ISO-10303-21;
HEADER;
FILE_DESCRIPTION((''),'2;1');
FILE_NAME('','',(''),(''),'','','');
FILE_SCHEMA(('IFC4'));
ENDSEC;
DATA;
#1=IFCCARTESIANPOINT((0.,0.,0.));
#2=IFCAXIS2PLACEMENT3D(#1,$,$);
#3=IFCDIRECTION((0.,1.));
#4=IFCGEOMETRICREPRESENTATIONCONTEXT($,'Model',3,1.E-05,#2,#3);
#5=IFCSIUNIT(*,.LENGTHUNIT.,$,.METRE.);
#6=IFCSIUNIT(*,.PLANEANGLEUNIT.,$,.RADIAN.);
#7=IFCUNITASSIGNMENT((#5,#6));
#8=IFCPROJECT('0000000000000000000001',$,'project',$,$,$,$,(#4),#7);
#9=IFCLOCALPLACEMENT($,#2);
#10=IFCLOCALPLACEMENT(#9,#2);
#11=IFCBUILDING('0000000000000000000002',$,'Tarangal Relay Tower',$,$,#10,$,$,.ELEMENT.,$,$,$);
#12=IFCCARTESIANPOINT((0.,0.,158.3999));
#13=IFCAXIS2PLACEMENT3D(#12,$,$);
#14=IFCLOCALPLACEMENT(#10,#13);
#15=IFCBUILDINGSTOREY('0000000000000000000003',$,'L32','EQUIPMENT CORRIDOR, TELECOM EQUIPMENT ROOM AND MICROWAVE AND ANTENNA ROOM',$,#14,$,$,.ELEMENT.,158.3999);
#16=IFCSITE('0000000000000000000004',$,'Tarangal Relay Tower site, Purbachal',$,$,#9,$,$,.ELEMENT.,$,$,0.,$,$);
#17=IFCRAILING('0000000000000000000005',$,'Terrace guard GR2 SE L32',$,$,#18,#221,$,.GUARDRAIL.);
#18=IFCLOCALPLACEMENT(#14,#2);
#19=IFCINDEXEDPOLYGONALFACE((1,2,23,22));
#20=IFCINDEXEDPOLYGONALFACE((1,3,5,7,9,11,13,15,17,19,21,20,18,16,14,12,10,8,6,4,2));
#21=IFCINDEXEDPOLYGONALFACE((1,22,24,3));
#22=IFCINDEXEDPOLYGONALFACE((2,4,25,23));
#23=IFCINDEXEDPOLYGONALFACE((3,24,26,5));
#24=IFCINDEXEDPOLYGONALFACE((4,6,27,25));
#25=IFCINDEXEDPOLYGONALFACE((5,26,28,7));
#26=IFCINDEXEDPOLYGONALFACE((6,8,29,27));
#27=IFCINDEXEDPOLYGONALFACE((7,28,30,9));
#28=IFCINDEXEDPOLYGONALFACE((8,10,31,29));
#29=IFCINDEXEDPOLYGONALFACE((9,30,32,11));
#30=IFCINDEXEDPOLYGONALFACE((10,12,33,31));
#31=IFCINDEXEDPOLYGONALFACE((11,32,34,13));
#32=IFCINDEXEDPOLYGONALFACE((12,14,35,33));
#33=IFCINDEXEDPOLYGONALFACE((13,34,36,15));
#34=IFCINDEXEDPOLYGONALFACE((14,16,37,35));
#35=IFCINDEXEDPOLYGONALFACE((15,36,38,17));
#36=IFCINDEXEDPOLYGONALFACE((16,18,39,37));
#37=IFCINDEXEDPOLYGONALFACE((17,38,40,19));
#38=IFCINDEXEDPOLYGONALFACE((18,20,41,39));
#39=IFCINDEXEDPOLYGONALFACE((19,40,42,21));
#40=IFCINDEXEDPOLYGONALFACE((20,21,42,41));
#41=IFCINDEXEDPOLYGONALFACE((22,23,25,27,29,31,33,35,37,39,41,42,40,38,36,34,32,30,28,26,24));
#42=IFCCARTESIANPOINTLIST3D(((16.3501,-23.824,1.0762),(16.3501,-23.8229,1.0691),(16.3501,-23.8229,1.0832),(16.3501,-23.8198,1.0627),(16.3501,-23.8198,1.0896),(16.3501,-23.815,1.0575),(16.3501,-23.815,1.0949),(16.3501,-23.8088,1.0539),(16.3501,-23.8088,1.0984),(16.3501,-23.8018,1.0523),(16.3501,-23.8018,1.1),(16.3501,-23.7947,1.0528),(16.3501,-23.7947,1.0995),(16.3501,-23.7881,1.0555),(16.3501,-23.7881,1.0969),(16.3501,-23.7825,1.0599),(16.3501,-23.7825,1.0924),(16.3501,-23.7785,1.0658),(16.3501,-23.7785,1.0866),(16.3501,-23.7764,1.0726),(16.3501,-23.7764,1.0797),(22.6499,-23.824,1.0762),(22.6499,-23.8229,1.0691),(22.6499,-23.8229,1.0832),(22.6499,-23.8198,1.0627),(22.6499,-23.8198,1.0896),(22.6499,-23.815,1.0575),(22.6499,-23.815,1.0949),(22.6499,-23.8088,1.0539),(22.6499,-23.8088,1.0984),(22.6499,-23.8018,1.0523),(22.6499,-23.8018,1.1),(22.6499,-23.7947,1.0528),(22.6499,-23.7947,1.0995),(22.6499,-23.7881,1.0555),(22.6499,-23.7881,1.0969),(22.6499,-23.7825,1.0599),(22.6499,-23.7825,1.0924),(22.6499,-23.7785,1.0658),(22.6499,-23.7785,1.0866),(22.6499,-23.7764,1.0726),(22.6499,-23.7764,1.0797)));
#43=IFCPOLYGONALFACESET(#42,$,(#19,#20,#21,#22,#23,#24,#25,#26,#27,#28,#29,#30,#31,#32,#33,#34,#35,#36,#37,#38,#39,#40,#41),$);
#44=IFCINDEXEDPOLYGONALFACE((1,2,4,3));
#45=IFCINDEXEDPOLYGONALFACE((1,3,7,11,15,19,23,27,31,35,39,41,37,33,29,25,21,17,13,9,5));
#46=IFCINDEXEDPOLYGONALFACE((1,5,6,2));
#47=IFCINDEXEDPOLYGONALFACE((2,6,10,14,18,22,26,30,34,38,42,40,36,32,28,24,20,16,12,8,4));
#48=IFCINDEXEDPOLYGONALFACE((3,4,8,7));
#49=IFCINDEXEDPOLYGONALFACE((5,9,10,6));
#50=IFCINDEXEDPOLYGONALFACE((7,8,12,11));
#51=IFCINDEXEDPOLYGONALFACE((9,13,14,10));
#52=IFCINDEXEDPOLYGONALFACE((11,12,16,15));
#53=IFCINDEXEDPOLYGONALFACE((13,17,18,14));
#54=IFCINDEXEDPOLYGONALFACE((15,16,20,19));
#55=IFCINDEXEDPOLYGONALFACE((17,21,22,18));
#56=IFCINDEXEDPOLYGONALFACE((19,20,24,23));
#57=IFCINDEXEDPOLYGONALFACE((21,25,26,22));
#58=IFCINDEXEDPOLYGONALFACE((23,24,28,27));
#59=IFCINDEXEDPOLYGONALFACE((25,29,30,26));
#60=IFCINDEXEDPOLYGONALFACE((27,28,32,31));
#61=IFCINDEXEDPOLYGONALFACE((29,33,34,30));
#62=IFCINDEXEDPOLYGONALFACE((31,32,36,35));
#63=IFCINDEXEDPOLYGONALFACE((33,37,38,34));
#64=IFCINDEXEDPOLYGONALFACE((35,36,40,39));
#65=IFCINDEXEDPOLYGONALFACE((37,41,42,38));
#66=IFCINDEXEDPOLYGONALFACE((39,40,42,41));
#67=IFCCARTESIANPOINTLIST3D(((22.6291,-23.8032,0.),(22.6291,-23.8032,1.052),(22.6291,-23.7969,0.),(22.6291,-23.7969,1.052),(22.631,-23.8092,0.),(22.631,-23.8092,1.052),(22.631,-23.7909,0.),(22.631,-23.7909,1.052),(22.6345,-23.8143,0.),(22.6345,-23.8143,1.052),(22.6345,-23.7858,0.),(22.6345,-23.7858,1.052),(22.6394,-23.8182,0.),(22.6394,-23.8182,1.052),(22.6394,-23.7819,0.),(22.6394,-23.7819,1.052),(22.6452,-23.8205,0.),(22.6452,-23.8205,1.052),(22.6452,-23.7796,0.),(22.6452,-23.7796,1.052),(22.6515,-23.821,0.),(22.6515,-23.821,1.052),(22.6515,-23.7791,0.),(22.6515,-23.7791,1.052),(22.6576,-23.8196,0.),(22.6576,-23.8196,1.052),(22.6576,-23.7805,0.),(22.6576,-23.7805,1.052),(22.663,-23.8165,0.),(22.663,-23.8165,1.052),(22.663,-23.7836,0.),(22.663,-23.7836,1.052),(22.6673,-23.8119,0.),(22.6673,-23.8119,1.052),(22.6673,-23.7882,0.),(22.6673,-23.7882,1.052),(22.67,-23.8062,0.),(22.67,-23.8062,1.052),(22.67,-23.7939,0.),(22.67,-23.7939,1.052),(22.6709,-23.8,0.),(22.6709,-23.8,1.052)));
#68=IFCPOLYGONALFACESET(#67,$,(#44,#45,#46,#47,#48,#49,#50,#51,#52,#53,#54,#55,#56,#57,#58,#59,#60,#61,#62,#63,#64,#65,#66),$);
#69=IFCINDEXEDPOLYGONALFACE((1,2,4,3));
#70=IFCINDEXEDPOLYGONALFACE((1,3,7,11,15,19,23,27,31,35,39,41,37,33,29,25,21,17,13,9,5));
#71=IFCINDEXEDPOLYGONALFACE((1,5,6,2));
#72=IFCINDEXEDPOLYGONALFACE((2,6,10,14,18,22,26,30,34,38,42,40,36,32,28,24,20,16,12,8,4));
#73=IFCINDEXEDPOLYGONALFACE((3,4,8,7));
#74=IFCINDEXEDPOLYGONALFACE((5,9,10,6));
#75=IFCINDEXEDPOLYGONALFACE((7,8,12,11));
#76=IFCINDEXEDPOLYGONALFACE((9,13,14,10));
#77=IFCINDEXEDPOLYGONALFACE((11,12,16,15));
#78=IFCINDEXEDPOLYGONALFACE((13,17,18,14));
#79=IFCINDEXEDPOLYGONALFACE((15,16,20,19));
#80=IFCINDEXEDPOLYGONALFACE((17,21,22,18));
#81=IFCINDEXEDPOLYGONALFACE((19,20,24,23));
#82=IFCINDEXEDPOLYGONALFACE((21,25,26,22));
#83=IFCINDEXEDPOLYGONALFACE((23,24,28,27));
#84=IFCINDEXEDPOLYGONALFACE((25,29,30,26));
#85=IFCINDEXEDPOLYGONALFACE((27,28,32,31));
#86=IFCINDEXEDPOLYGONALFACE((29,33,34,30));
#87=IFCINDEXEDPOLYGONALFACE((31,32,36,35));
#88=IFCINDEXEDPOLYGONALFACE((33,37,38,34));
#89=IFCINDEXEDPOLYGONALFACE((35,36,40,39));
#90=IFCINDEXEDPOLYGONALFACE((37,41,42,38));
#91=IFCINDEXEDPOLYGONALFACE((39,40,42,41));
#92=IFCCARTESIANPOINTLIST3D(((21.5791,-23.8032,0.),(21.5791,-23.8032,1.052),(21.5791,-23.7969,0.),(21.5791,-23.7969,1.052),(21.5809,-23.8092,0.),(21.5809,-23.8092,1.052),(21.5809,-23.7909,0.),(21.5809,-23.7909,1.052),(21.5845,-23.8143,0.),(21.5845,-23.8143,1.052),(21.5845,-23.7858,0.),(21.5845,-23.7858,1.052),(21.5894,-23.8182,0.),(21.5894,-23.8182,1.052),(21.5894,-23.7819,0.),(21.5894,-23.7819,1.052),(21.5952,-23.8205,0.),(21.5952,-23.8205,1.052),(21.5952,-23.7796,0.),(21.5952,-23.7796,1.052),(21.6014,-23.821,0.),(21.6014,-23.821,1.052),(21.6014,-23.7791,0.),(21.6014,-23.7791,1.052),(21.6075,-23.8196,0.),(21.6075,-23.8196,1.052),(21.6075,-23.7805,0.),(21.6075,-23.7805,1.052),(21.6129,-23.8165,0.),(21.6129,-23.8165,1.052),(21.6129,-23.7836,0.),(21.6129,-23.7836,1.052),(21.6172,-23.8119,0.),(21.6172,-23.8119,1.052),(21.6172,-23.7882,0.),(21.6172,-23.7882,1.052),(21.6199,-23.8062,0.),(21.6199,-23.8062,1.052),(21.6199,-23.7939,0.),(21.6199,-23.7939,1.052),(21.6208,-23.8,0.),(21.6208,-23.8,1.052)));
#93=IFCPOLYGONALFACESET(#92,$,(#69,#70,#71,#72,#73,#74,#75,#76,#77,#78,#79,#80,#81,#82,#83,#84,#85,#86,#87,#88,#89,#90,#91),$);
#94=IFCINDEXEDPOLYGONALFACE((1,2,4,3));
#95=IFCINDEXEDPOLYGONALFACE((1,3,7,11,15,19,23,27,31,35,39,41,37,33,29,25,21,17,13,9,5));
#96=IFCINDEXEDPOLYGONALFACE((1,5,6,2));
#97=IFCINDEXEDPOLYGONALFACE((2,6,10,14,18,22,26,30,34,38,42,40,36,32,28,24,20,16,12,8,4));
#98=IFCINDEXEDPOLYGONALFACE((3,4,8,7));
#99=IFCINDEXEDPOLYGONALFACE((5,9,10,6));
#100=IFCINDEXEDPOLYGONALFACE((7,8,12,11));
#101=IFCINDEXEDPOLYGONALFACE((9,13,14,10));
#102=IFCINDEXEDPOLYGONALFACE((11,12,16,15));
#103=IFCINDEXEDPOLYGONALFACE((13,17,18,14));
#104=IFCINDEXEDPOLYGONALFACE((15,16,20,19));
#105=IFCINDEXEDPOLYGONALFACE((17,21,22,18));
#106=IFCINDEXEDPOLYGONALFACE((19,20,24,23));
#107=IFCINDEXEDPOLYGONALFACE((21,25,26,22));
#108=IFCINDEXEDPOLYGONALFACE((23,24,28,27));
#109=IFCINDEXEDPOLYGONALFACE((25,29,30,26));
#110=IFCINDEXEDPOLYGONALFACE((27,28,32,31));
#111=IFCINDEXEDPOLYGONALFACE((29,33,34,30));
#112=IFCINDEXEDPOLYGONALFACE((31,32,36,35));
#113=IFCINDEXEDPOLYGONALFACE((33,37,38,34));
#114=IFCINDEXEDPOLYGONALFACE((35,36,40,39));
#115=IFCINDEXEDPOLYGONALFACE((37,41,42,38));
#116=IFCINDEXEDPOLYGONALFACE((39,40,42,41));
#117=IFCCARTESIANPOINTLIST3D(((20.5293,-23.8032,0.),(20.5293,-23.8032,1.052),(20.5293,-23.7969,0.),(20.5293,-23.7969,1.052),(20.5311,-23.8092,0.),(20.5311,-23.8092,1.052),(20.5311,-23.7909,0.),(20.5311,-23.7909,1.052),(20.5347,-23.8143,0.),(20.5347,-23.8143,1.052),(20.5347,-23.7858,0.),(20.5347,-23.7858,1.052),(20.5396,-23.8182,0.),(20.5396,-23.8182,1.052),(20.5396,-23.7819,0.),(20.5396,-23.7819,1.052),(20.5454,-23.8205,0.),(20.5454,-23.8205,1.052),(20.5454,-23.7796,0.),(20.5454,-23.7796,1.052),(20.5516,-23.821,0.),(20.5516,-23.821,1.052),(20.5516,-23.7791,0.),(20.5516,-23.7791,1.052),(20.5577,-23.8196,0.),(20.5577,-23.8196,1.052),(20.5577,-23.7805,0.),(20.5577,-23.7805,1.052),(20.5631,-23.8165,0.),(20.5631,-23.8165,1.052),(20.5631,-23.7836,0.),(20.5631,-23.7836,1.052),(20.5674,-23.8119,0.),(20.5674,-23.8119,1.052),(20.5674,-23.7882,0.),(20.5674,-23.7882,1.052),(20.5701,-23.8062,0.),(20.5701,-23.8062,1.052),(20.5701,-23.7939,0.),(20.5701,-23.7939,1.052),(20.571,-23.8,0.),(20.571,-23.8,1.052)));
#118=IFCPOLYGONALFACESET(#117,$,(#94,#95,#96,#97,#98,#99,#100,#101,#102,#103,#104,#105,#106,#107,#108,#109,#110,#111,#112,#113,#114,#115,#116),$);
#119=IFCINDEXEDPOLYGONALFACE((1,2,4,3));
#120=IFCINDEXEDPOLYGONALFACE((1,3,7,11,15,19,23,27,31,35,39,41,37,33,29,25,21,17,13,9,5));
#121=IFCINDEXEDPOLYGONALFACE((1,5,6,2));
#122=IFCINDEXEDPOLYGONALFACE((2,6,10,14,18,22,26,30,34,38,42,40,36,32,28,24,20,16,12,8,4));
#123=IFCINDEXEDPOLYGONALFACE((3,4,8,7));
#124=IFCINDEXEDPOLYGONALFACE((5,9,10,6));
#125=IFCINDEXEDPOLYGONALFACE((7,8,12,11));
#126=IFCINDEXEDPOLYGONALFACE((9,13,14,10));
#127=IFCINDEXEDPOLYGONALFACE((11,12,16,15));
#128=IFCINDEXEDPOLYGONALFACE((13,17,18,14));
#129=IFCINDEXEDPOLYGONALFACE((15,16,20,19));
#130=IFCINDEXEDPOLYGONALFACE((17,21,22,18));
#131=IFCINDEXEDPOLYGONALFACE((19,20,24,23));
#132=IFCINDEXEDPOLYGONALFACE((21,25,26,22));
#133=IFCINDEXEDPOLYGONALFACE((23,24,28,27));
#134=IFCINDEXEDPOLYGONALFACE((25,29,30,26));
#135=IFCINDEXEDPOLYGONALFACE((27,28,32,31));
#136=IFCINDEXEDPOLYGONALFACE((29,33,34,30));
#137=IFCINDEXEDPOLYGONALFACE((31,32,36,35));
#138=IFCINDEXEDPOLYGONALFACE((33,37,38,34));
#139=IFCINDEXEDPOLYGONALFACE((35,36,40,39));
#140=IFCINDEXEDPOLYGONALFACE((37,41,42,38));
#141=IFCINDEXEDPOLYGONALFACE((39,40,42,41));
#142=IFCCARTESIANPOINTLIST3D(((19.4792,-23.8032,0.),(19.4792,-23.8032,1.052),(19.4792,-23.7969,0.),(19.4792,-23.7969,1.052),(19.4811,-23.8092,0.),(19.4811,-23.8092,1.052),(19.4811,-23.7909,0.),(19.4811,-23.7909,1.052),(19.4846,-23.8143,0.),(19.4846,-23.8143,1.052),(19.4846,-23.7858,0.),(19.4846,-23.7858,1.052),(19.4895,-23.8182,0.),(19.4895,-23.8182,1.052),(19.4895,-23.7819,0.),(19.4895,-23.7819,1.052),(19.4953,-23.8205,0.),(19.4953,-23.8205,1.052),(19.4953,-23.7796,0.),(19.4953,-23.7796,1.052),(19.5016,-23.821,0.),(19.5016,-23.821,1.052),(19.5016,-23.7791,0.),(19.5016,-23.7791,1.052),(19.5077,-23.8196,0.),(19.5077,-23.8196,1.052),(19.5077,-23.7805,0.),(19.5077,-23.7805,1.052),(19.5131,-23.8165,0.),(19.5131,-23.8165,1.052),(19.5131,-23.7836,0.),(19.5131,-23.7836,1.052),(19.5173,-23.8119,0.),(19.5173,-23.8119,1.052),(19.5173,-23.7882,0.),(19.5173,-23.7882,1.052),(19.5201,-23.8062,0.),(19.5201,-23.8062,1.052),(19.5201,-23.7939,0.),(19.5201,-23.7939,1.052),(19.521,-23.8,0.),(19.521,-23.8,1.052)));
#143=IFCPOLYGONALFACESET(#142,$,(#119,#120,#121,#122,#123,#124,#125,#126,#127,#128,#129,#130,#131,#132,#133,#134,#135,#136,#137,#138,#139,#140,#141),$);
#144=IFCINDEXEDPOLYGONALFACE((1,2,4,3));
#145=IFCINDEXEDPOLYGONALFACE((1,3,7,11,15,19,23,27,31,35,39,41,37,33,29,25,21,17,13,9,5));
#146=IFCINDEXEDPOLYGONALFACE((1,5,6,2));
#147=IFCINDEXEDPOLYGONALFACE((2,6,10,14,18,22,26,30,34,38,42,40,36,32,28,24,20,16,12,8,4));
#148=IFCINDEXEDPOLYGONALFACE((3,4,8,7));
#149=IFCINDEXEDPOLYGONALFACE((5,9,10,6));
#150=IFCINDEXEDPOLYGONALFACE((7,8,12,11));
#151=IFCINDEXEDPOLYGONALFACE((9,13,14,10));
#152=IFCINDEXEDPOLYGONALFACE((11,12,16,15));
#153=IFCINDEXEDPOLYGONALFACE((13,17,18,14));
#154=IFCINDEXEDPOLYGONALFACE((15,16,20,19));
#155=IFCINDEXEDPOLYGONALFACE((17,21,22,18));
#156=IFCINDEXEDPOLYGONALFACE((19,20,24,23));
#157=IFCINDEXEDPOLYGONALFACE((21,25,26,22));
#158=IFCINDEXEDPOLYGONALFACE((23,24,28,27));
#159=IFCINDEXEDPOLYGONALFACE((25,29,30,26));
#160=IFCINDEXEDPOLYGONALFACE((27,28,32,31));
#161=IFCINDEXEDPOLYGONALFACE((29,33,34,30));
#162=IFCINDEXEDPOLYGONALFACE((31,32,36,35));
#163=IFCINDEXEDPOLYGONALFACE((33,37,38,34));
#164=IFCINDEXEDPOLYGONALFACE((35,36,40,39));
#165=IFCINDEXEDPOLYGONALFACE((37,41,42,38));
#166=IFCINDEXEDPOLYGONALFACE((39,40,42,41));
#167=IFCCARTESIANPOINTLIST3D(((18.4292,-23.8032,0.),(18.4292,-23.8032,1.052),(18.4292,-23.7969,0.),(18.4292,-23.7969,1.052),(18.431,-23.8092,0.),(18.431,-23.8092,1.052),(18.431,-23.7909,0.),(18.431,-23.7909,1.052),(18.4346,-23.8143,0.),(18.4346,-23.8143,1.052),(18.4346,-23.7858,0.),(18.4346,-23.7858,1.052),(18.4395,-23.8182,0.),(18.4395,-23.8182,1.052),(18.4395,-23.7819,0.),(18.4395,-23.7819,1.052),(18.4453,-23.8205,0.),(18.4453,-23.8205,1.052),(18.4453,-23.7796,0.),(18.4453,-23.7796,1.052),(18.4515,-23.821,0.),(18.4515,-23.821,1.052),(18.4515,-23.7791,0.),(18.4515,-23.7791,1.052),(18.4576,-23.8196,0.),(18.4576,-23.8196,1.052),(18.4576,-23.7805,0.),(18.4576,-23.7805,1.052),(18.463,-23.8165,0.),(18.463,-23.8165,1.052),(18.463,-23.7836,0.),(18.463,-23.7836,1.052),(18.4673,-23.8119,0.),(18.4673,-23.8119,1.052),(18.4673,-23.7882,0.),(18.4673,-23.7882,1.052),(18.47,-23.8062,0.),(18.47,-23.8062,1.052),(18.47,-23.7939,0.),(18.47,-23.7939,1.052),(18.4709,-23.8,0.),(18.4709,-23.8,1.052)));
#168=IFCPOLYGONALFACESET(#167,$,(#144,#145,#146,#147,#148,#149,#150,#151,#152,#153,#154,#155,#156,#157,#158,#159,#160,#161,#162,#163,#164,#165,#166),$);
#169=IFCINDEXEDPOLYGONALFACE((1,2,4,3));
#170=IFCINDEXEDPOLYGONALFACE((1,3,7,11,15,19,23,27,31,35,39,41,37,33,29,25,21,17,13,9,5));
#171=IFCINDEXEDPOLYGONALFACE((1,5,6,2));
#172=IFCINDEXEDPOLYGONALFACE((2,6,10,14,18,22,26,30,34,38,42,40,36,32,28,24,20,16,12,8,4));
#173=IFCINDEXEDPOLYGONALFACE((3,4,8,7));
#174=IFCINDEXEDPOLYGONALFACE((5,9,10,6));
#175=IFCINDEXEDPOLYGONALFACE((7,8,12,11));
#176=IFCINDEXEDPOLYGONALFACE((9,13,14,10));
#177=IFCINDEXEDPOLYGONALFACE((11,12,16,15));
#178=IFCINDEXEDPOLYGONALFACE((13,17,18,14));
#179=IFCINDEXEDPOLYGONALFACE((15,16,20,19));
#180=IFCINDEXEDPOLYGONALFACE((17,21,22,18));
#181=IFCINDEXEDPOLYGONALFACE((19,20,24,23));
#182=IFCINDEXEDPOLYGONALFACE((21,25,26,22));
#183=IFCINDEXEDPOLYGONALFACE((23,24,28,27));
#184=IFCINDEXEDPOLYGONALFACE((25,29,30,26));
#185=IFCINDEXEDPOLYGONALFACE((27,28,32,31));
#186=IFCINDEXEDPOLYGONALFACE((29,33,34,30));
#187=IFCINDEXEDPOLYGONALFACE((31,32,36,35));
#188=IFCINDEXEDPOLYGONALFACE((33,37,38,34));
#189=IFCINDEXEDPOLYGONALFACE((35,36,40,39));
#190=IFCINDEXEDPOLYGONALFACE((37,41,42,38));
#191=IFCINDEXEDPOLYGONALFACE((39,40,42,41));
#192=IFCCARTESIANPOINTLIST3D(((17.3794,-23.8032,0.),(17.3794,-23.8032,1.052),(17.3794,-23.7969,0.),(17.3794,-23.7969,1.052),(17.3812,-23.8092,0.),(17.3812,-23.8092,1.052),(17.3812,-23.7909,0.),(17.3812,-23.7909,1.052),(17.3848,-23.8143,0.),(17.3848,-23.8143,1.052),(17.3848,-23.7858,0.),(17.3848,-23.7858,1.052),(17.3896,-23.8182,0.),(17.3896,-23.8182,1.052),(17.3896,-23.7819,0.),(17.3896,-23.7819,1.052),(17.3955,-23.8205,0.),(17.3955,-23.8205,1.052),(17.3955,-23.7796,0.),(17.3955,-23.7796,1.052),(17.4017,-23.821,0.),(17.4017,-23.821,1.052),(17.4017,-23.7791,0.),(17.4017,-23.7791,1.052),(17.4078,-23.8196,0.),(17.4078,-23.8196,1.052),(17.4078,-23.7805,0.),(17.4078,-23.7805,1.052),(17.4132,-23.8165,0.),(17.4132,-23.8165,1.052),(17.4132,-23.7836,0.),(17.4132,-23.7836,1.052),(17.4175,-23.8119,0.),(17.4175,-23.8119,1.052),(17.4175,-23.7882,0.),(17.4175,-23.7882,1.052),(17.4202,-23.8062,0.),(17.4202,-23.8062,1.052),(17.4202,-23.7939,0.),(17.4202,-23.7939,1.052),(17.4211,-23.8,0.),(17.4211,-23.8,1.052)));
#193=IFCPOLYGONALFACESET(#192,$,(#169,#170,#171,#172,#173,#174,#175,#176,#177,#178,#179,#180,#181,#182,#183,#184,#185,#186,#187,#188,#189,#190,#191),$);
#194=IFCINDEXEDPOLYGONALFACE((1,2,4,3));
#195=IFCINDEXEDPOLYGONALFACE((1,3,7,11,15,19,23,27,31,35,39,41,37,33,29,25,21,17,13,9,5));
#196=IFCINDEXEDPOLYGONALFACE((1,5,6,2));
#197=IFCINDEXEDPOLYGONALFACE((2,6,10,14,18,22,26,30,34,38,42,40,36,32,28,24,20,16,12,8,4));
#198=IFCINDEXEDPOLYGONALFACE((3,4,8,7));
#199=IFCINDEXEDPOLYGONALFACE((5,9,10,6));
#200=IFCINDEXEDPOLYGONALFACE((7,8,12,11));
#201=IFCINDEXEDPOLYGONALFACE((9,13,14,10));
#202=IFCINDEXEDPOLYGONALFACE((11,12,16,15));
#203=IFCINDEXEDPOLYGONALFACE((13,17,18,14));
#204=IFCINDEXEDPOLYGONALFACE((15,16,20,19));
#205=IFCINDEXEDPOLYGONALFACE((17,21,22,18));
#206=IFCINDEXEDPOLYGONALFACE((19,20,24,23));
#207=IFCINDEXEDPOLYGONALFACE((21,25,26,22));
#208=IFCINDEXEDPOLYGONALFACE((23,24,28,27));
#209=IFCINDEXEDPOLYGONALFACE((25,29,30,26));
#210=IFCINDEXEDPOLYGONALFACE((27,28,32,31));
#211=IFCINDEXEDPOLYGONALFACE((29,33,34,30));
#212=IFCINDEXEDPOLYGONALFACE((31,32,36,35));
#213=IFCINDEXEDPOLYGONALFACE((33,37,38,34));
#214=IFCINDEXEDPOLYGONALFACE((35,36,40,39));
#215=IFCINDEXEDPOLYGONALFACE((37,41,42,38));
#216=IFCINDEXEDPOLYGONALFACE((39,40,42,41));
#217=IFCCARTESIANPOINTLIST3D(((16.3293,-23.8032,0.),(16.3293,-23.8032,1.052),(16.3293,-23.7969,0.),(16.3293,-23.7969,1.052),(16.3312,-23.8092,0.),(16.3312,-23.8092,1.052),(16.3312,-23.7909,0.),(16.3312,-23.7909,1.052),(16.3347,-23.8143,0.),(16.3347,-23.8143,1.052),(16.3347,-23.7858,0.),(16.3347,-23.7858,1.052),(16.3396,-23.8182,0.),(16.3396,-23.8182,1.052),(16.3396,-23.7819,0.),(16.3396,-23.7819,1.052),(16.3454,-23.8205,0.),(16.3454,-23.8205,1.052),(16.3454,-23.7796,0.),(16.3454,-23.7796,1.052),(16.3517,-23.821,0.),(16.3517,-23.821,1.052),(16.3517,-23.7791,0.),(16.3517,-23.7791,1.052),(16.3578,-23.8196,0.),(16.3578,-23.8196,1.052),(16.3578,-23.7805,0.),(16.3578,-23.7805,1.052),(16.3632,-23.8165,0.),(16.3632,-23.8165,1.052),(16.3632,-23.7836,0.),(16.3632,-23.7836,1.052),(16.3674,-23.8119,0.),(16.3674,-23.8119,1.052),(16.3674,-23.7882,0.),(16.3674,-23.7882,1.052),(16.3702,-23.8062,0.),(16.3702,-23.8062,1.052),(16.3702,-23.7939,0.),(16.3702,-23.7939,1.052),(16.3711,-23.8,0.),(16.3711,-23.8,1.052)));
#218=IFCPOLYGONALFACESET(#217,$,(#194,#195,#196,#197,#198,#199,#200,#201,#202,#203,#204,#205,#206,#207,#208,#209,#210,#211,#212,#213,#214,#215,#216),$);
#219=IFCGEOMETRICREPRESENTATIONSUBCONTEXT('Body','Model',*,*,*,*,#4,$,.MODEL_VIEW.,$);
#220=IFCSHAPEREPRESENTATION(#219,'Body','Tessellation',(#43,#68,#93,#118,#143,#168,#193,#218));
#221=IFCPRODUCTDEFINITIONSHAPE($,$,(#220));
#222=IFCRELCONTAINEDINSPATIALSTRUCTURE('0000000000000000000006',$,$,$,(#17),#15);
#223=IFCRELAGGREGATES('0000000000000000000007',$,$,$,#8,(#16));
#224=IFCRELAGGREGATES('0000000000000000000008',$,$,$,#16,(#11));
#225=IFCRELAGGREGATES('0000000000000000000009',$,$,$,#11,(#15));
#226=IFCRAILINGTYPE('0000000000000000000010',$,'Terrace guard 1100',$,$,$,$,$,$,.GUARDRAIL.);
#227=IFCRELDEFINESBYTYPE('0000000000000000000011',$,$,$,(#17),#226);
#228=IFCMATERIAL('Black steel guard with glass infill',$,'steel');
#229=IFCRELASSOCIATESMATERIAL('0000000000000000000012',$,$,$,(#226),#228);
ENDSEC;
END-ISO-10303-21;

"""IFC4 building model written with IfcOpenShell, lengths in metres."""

from ifc_helpers import new_model, si_unit, direction, frame, origin, origin_2d, place, context, subcontext, project, spatial, circle, extrude, material, type_object, element, save


model = new_model("IFC4")

# Units and contexts
model_context = context("Model", 3, precision=1e-05, world=origin(), true_north=direction((0.0, 1.0)))
body_context = subcontext(model_context, "Body", "Model", "MODEL_VIEW")
ifc_project = project(units=[si_unit("LENGTHUNIT", "METRE"), si_unit("PLANEANGLEUNIT", "RADIAN")], contexts=[model_context])

# Site, building, storey
site_placement = place(None, origin())
site = spatial("IfcSite", under=ifc_project, at=site_placement, Name="Tarangal Relay Tower site, Purbachal", CompositionType="ELEMENT", RefElevation=0.0)
building_placement = place(site_placement, origin())
building = spatial("IfcBuilding", under=site, at=building_placement, Name="Tarangal Relay Tower", CompositionType="ELEMENT")
storey_placement = place(building_placement, frame((0.0, 0.0, 158.3999)))
storey = spatial("IfcBuildingStorey", under=building, at=storey_placement, Name="L32", Description="EQUIPMENT CORRIDOR, TELECOM EQUIPMENT ROOM AND MICROWAVE AND ANTENNA ROOM", CompositionType="ELEMENT", Elevation=158.3999)

# Railing
ifc_material_1 = material(Name="Black steel guard with glass infill", Category="steel")
railing_type = type_object("IfcRailingType", Name="Terrace guard 1100", PredefinedType="GUARDRAIL", material=ifc_material_1)
railing_1_placement = place(storey_placement, frame((22.6499, -23.8, 0.0)))
element("IfcRailing", 1, at=railing_1_placement, inside=storey, type_object=railing_type, Name="Terrace guard GR2 SE L32", PredefinedType="GUARDRAIL", context=body_context, shape_type="SweptSolid", body=[
    extrude(circle(Radius=0.0239, at=origin_2d()), frame((0.0, 0.0, 1.0762), z_axis=(-1.0, 0.0, 0.0), x_axis=(0.0, -1.0, 0.0)), (0.0, 0.0, 1.0), 6.2998),
    extrude(circle(Radius=0.021, at=origin_2d()), origin(), (0.0, 0.0, 1.0), 1.052),
    extrude(circle(Radius=0.021, at=origin_2d()), frame((-1.05, 0.0, 0.0)), (0.0, 0.0, 1.0), 1.052),
    extrude(circle(Radius=0.021, at=origin_2d()), frame((-2.0999, 0.0, 0.0)), (0.0, 0.0, 1.0), 1.052),
    extrude(circle(Radius=0.021, at=origin_2d()), frame((-3.1499, 0.0, 0.0)), (0.0, 0.0, 1.0), 1.052),
    extrude(circle(Radius=0.021, at=origin_2d()), frame((-4.2, 0.0, 0.0)), (0.0, 0.0, 1.0), 1.052),
    extrude(circle(Radius=0.021, at=origin_2d()), frame((-5.2498, 0.0, 0.0)), (0.0, 0.0, 1.0), 1.052),
    extrude(circle(Radius=0.021, at=origin_2d()), frame((-6.2998, 0.0, 0.0)), (0.0, 0.0, 1.0), 1.052),
])

save(model, "model.ifc")
